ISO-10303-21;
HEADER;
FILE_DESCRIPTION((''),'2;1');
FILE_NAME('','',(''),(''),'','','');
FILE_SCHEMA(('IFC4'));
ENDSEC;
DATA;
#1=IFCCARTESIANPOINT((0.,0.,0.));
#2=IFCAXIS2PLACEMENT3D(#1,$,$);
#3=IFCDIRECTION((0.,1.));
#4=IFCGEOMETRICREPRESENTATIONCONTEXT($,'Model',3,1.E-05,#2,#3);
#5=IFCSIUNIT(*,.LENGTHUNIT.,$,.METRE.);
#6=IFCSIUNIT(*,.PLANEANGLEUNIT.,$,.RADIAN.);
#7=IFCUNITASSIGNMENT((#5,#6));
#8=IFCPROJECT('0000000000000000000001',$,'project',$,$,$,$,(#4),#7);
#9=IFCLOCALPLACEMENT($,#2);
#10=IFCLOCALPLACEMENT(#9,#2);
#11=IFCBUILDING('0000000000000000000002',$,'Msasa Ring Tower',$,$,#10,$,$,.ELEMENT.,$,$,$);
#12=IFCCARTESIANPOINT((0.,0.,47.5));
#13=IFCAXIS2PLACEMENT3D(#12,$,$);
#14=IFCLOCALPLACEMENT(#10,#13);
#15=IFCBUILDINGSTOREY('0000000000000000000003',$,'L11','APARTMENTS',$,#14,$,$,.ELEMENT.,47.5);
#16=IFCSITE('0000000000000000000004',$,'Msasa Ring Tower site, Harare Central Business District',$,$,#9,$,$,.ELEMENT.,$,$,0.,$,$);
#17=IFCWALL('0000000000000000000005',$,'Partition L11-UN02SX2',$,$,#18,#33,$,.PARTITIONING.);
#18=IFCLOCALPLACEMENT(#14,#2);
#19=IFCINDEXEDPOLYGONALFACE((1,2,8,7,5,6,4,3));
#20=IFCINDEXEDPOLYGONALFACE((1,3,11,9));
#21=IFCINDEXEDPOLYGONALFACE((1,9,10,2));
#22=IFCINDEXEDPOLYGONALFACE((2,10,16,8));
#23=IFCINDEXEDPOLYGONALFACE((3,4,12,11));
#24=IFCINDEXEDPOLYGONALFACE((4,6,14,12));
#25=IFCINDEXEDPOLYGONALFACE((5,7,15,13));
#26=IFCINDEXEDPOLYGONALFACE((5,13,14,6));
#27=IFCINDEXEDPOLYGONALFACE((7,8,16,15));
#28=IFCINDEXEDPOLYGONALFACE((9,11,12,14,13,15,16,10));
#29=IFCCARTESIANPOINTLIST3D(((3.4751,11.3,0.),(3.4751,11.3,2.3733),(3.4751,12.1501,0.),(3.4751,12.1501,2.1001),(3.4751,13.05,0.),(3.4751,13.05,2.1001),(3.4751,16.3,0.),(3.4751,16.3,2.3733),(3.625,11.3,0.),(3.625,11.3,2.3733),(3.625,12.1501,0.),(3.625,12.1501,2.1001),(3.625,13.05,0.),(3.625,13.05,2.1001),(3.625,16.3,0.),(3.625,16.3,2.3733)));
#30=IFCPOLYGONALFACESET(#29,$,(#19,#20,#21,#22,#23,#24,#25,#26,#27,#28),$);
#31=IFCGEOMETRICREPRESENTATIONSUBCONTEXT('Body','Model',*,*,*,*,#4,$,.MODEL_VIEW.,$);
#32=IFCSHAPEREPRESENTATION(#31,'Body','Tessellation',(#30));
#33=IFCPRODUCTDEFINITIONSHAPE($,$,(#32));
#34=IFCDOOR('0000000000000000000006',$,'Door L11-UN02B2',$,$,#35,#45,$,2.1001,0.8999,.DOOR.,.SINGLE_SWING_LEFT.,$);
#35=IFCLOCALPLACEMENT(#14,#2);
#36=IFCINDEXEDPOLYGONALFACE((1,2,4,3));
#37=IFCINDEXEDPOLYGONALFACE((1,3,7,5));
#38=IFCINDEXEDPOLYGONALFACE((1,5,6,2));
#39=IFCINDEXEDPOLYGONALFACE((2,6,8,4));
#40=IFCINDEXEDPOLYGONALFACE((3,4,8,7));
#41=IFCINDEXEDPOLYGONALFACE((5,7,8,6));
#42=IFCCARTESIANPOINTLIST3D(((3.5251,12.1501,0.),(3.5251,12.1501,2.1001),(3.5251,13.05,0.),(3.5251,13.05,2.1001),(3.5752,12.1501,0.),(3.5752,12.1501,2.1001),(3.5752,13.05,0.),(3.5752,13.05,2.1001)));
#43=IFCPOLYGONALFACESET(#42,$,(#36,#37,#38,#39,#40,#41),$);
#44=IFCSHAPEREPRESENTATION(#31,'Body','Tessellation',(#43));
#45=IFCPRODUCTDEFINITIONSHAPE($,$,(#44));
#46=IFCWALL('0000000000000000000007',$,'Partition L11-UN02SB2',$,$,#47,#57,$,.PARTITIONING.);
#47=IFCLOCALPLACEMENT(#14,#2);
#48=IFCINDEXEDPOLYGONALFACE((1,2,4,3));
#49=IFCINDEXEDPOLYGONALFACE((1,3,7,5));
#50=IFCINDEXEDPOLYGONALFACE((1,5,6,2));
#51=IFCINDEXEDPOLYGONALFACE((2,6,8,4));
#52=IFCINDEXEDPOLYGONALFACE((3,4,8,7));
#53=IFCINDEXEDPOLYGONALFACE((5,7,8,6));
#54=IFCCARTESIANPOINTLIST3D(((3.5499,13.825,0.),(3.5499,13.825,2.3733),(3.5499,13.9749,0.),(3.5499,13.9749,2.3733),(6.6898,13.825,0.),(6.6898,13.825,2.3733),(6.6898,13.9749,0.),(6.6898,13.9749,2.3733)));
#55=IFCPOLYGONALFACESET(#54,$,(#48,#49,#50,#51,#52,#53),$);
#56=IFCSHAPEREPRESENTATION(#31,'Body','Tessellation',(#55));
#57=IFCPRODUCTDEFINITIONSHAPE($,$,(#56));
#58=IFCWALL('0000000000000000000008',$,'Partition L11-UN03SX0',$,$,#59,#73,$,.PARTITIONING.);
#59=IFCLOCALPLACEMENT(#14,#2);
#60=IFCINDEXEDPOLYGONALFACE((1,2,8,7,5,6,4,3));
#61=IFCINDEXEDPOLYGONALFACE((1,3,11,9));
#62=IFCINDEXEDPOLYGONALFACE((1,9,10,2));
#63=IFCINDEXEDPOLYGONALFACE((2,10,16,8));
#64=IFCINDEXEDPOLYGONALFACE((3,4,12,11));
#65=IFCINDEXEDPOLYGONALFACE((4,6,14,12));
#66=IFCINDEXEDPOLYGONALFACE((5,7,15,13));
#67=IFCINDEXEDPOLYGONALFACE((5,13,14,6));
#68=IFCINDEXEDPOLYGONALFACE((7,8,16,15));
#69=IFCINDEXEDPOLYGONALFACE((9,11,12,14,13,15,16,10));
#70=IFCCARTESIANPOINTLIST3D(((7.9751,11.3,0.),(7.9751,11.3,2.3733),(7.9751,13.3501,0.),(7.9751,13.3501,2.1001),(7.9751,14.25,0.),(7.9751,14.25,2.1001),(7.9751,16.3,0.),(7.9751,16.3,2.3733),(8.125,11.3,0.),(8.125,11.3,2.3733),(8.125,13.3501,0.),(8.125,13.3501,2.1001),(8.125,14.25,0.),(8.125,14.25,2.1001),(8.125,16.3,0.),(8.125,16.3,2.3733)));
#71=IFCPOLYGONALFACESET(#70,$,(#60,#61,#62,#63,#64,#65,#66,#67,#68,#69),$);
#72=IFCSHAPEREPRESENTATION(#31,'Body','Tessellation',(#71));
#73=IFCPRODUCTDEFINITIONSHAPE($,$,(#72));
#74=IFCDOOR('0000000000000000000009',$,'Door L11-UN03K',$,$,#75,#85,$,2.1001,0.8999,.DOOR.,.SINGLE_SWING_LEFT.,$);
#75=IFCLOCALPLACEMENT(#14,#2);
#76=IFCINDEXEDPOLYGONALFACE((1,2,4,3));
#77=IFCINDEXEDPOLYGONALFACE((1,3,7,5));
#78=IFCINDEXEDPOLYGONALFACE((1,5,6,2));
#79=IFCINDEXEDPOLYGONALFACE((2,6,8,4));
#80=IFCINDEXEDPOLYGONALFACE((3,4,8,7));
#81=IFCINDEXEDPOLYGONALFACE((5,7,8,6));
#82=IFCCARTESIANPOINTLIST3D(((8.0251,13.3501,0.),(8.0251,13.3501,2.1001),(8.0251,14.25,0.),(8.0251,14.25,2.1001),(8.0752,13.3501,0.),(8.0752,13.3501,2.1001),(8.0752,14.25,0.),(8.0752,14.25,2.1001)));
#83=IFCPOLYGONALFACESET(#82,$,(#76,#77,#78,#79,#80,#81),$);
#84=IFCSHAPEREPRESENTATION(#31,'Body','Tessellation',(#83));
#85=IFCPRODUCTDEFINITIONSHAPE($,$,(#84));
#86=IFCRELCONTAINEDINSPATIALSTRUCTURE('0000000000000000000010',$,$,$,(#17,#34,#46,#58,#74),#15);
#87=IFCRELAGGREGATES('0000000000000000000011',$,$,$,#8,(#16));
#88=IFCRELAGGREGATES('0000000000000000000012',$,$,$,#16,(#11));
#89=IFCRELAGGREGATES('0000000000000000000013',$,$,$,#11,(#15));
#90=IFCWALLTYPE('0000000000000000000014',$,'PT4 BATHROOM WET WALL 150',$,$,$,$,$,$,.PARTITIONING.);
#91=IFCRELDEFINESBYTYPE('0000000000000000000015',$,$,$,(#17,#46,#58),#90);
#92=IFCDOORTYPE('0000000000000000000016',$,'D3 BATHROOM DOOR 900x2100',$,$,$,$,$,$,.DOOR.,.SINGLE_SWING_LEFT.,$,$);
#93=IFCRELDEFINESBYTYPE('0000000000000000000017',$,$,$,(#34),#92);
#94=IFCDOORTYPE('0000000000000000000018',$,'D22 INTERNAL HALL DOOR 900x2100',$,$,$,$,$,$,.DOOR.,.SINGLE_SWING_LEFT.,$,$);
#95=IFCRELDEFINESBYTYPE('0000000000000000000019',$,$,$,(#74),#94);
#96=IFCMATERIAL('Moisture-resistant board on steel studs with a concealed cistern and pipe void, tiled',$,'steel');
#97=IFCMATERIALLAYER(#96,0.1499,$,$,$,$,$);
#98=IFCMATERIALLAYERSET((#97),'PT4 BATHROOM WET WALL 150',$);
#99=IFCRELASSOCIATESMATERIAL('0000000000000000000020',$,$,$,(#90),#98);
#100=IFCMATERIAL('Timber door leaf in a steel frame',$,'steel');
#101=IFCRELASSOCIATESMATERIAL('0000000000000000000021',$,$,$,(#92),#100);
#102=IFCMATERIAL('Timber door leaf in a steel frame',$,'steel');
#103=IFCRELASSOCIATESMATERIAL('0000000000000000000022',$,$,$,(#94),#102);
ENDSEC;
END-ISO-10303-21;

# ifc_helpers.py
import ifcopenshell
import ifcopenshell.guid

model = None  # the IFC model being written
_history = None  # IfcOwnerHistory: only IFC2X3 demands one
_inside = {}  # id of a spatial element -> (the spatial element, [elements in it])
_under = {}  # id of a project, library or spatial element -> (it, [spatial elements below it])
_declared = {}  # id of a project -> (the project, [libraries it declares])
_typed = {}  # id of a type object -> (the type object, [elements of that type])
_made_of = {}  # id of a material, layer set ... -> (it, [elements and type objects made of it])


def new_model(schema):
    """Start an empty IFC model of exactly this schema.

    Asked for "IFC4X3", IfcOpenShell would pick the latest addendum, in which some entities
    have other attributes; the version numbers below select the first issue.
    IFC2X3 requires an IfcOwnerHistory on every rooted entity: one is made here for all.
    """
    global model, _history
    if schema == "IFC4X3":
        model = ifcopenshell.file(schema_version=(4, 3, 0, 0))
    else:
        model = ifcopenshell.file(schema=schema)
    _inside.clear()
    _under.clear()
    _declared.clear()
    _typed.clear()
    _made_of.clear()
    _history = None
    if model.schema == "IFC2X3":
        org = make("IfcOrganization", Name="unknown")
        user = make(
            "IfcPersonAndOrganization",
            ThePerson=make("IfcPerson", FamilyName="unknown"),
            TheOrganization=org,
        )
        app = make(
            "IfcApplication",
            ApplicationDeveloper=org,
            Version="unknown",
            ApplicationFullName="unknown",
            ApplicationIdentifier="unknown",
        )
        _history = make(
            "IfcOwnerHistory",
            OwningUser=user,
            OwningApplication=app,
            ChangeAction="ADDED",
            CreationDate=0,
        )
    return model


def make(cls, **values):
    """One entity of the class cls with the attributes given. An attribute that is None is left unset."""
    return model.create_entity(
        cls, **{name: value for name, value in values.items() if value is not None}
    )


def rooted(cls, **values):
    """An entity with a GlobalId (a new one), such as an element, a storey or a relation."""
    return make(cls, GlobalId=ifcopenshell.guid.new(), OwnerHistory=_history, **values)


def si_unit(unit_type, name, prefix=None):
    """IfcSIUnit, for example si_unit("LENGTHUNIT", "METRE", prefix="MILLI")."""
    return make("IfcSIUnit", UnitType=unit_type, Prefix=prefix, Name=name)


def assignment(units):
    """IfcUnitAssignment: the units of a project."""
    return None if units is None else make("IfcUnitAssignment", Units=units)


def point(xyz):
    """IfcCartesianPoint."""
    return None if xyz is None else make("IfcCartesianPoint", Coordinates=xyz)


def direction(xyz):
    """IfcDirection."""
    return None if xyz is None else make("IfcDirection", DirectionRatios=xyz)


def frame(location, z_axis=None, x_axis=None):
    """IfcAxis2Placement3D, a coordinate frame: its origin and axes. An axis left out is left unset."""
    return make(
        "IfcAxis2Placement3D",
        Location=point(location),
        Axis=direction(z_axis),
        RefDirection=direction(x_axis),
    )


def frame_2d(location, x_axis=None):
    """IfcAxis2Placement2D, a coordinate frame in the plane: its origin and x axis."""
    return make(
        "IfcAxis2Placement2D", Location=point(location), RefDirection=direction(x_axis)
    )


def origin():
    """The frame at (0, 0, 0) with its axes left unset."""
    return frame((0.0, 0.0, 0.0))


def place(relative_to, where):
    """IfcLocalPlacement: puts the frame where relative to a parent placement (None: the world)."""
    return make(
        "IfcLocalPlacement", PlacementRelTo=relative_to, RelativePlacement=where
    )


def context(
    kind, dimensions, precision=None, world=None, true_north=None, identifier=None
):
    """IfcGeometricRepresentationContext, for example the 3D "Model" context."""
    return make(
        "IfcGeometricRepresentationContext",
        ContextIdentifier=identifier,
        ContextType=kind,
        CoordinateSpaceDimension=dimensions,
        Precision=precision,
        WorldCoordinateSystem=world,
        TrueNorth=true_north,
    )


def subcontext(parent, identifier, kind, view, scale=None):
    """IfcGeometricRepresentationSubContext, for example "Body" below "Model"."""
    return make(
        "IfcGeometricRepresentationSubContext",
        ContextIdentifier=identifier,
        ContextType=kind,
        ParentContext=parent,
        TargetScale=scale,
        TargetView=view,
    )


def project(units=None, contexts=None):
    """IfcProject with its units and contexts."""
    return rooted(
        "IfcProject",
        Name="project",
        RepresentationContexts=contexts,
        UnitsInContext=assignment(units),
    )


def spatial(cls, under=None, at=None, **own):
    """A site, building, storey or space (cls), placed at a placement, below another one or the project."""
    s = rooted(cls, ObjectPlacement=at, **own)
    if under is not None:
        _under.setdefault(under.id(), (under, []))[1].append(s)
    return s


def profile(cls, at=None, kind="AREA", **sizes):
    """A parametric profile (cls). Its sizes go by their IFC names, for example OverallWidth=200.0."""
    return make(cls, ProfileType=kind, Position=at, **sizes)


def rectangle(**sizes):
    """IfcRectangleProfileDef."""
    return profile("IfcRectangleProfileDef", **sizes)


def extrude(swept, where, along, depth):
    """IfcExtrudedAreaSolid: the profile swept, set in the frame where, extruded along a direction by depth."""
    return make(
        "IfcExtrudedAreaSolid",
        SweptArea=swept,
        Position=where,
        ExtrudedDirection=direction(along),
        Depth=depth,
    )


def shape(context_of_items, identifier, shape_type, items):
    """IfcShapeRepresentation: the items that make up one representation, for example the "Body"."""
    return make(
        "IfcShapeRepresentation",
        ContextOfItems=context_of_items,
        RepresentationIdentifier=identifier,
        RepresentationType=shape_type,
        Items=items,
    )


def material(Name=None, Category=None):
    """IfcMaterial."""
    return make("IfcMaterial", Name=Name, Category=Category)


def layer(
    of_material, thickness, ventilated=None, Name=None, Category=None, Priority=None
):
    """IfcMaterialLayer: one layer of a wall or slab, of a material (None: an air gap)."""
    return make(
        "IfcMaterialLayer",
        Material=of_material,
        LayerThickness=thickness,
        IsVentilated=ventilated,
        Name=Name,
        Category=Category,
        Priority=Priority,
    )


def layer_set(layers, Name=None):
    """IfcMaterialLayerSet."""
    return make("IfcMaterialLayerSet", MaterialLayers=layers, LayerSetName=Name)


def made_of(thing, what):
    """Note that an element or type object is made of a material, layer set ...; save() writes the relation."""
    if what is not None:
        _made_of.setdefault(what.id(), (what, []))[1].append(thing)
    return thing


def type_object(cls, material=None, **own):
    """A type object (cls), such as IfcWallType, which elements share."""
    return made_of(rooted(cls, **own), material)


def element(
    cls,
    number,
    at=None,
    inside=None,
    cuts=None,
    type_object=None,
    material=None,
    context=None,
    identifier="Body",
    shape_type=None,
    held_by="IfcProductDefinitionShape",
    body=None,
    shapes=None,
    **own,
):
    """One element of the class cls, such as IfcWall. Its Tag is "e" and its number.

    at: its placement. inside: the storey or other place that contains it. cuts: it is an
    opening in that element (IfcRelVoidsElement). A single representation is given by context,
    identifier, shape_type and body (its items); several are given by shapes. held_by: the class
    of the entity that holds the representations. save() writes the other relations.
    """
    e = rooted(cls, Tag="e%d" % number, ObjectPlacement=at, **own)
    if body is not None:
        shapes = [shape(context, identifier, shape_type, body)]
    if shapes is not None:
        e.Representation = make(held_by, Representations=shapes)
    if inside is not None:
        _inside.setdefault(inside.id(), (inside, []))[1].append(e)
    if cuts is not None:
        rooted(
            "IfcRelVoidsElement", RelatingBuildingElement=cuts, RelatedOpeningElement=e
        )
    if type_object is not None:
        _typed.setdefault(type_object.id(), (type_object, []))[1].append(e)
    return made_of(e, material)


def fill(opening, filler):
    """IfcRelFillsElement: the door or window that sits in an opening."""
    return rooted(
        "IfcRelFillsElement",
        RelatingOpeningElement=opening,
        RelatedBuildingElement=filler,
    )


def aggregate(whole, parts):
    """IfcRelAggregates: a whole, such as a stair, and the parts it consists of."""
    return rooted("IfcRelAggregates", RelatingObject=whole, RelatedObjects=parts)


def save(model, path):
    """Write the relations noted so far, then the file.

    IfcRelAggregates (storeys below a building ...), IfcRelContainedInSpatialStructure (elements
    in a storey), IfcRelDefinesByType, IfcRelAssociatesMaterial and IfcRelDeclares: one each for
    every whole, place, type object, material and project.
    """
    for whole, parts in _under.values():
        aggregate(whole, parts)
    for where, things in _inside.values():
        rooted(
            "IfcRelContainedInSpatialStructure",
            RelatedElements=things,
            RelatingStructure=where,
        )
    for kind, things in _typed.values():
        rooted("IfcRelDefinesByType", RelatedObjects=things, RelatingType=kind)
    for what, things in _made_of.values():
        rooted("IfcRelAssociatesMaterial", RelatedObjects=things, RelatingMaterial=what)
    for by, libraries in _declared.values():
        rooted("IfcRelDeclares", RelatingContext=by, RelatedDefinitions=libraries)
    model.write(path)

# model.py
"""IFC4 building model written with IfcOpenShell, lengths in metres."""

from ifc_helpers import new_model, si_unit, direction, frame, frame_2d, origin, place, context, subcontext, project, spatial, rectangle, extrude, material, layer, layer_set, type_object, element, fill, save


model = new_model("IFC4")

# Units and contexts
model_context = context("Model", 3, precision=1e-05, world=origin(), true_north=direction((0.0, 1.0)))
body_context = subcontext(model_context, "Body", "Model", "MODEL_VIEW")
ifc_project = project(units=[si_unit("LENGTHUNIT", "METRE"), si_unit("PLANEANGLEUNIT", "RADIAN")], contexts=[model_context])

# Site, building, storey
site_placement = place(None, origin())
site = spatial("IfcSite", under=ifc_project, at=site_placement, Name="Msasa Ring Tower site, Harare Central Business District", CompositionType="ELEMENT", RefElevation=0.0)
building_placement = place(site_placement, origin())
building = spatial("IfcBuilding", under=site, at=building_placement, Name="Msasa Ring Tower", CompositionType="ELEMENT")
storey_placement = place(building_placement, frame((0.0, 0.0, 47.5)))
storey = spatial("IfcBuildingStorey", under=building, at=storey_placement, Name="L11", Description="APARTMENTS", CompositionType="ELEMENT", Elevation=47.5)

# Wall, opening, door
ifc_material_1 = material(Name="Moisture-resistant board on steel studs with a concealed cistern and pipe void, tiled", Category="steel")
ifc_layer_1 = layer(ifc_material_1, 0.1499)
ifc_layer_set_1 = layer_set([ifc_layer_1], Name="PT4 BATHROOM WET WALL 150")
wall_type_1 = type_object("IfcWallType", Name="PT4 BATHROOM WET WALL 150", PredefinedType="PARTITIONING", material=ifc_layer_set_1)
wall_1_placement = place(storey_placement, frame((3.55, 11.3, 0.0), z_axis=(0.0, 0.0, 1.0), x_axis=(0.0, 1.0, 0.0)))
wall_1 = element("IfcWall", 1, at=wall_1_placement, inside=storey, type_object=wall_type_1, Name="Partition L11-UN02SX2", PredefinedType="PARTITIONING", context=body_context, shape_type="SweptSolid", body=[
    extrude(rectangle(XDim=5.0, YDim=0.1499, at=frame_2d((2.5, 0.0))), origin(), (0.0, 0.0, 1.0), 2.3733),
])
opening_1_placement = place(wall_1_placement, frame((0.8501, 0.0, 0.0)))
opening_1 = element("IfcOpeningElement", 2, at=opening_1_placement, cuts=wall_1, PredefinedType="OPENING", context=body_context, shape_type="SweptSolid", body=[
    extrude(rectangle(XDim=0.8999, YDim=2.1001, at=frame_2d((0.45, 1.05))), frame((0.0, 0.085, 0.0), z_axis=(0.0, -1.0, 0.0), x_axis=(1.0, 0.0, 0.0)), (0.0, 0.0, 1.0), 0.1699),
])
ifc_material_2 = material(Name="Timber door leaf in a steel frame", Category="steel")
door_type_1 = type_object("IfcDoorType", Name="D3 BATHROOM DOOR 900x2100", OperationType="SINGLE_SWING_LEFT", PredefinedType="DOOR", material=ifc_material_2)
door_1_placement = place(opening_1_placement, origin())
door_1 = element("IfcDoor", 3, at=door_1_placement, inside=storey, type_object=door_type_1, Name="Door L11-UN02B2", OperationType="SINGLE_SWING_LEFT", OverallHeight=2.1001, OverallWidth=0.8999, PredefinedType="DOOR", context=body_context, shape_type="SweptSolid", body=[
    extrude(rectangle(XDim=0.8999, YDim=2.1001, at=frame_2d((0.45, 1.05))), frame((0.0, 0.0249, 0.0), z_axis=(0.0, -1.0, 0.0), x_axis=(1.0, 0.0, 0.0)), (0.0, 0.0, 1.0), 0.05),
])
fill(opening_1, door_1)

# Wall
wall_2_placement = place(storey_placement, frame((3.55, 13.8999, 0.0), z_axis=(0.0, 0.0, 1.0), x_axis=(1.0, 0.0, 0.0)))
element("IfcWall", 4, at=wall_2_placement, inside=storey, type_object=wall_type_1, Name="Partition L11-UN02SB2", PredefinedType="PARTITIONING", context=body_context, shape_type="SweptSolid", body=[
    extrude(rectangle(XDim=3.1399, YDim=0.1499, at=frame_2d((1.5698, 0.0))), origin(), (0.0, 0.0, 1.0), 2.3733),
])

# Wall, opening, door
wall_3_placement = place(storey_placement, frame((8.05, 11.3, 0.0), z_axis=(0.0, 0.0, 1.0), x_axis=(0.0, 1.0, 0.0)))
wall_3 = element("IfcWall", 5, at=wall_3_placement, inside=storey, type_object=wall_type_1, Name="Partition L11-UN03SX0", PredefinedType="PARTITIONING", context=body_context, shape_type="SweptSolid", body=[
    extrude(rectangle(XDim=5.0, YDim=0.1499, at=frame_2d((2.5, 0.0))), origin(), (0.0, 0.0, 1.0), 2.3733),
])
opening_2_placement = place(wall_3_placement, frame((2.05, 0.0, 0.0)))
opening_2 = element("IfcOpeningElement", 6, at=opening_2_placement, cuts=wall_3, PredefinedType="OPENING", context=body_context, shape_type="SweptSolid", body=[
    extrude(rectangle(XDim=0.8999, YDim=2.1001, at=frame_2d((0.45, 1.05))), frame((0.0, 0.085, 0.0), z_axis=(0.0, -1.0, 0.0), x_axis=(1.0, 0.0, 0.0)), (0.0, 0.0, 1.0), 0.1699),
])
ifc_material_3 = material(Name="Timber door leaf in a steel frame", Category="steel")
door_type_2 = type_object("IfcDoorType", Name="D22 INTERNAL HALL DOOR 900x2100", OperationType="SINGLE_SWING_LEFT", PredefinedType="DOOR", material=ifc_material_3)
door_2_placement = place(opening_2_placement, origin())
door_2 = element("IfcDoor", 7, at=door_2_placement, inside=storey, type_object=door_type_2, Name="Door L11-UN03K", OperationType="SINGLE_SWING_LEFT", OverallHeight=2.1001, OverallWidth=0.8999, PredefinedType="DOOR", context=body_context, shape_type="SweptSolid", body=[
    extrude(rectangle(XDim=0.8999, YDim=2.1001, at=frame_2d((0.45, 1.05))), frame((0.0, 0.0249, 0.0), z_axis=(0.0, -1.0, 0.0), x_axis=(1.0, 0.0, 0.0)), (0.0, 0.0, 1.0), 0.05),
])
fill(opening_2, door_2)

save(model, "model.ifc")
